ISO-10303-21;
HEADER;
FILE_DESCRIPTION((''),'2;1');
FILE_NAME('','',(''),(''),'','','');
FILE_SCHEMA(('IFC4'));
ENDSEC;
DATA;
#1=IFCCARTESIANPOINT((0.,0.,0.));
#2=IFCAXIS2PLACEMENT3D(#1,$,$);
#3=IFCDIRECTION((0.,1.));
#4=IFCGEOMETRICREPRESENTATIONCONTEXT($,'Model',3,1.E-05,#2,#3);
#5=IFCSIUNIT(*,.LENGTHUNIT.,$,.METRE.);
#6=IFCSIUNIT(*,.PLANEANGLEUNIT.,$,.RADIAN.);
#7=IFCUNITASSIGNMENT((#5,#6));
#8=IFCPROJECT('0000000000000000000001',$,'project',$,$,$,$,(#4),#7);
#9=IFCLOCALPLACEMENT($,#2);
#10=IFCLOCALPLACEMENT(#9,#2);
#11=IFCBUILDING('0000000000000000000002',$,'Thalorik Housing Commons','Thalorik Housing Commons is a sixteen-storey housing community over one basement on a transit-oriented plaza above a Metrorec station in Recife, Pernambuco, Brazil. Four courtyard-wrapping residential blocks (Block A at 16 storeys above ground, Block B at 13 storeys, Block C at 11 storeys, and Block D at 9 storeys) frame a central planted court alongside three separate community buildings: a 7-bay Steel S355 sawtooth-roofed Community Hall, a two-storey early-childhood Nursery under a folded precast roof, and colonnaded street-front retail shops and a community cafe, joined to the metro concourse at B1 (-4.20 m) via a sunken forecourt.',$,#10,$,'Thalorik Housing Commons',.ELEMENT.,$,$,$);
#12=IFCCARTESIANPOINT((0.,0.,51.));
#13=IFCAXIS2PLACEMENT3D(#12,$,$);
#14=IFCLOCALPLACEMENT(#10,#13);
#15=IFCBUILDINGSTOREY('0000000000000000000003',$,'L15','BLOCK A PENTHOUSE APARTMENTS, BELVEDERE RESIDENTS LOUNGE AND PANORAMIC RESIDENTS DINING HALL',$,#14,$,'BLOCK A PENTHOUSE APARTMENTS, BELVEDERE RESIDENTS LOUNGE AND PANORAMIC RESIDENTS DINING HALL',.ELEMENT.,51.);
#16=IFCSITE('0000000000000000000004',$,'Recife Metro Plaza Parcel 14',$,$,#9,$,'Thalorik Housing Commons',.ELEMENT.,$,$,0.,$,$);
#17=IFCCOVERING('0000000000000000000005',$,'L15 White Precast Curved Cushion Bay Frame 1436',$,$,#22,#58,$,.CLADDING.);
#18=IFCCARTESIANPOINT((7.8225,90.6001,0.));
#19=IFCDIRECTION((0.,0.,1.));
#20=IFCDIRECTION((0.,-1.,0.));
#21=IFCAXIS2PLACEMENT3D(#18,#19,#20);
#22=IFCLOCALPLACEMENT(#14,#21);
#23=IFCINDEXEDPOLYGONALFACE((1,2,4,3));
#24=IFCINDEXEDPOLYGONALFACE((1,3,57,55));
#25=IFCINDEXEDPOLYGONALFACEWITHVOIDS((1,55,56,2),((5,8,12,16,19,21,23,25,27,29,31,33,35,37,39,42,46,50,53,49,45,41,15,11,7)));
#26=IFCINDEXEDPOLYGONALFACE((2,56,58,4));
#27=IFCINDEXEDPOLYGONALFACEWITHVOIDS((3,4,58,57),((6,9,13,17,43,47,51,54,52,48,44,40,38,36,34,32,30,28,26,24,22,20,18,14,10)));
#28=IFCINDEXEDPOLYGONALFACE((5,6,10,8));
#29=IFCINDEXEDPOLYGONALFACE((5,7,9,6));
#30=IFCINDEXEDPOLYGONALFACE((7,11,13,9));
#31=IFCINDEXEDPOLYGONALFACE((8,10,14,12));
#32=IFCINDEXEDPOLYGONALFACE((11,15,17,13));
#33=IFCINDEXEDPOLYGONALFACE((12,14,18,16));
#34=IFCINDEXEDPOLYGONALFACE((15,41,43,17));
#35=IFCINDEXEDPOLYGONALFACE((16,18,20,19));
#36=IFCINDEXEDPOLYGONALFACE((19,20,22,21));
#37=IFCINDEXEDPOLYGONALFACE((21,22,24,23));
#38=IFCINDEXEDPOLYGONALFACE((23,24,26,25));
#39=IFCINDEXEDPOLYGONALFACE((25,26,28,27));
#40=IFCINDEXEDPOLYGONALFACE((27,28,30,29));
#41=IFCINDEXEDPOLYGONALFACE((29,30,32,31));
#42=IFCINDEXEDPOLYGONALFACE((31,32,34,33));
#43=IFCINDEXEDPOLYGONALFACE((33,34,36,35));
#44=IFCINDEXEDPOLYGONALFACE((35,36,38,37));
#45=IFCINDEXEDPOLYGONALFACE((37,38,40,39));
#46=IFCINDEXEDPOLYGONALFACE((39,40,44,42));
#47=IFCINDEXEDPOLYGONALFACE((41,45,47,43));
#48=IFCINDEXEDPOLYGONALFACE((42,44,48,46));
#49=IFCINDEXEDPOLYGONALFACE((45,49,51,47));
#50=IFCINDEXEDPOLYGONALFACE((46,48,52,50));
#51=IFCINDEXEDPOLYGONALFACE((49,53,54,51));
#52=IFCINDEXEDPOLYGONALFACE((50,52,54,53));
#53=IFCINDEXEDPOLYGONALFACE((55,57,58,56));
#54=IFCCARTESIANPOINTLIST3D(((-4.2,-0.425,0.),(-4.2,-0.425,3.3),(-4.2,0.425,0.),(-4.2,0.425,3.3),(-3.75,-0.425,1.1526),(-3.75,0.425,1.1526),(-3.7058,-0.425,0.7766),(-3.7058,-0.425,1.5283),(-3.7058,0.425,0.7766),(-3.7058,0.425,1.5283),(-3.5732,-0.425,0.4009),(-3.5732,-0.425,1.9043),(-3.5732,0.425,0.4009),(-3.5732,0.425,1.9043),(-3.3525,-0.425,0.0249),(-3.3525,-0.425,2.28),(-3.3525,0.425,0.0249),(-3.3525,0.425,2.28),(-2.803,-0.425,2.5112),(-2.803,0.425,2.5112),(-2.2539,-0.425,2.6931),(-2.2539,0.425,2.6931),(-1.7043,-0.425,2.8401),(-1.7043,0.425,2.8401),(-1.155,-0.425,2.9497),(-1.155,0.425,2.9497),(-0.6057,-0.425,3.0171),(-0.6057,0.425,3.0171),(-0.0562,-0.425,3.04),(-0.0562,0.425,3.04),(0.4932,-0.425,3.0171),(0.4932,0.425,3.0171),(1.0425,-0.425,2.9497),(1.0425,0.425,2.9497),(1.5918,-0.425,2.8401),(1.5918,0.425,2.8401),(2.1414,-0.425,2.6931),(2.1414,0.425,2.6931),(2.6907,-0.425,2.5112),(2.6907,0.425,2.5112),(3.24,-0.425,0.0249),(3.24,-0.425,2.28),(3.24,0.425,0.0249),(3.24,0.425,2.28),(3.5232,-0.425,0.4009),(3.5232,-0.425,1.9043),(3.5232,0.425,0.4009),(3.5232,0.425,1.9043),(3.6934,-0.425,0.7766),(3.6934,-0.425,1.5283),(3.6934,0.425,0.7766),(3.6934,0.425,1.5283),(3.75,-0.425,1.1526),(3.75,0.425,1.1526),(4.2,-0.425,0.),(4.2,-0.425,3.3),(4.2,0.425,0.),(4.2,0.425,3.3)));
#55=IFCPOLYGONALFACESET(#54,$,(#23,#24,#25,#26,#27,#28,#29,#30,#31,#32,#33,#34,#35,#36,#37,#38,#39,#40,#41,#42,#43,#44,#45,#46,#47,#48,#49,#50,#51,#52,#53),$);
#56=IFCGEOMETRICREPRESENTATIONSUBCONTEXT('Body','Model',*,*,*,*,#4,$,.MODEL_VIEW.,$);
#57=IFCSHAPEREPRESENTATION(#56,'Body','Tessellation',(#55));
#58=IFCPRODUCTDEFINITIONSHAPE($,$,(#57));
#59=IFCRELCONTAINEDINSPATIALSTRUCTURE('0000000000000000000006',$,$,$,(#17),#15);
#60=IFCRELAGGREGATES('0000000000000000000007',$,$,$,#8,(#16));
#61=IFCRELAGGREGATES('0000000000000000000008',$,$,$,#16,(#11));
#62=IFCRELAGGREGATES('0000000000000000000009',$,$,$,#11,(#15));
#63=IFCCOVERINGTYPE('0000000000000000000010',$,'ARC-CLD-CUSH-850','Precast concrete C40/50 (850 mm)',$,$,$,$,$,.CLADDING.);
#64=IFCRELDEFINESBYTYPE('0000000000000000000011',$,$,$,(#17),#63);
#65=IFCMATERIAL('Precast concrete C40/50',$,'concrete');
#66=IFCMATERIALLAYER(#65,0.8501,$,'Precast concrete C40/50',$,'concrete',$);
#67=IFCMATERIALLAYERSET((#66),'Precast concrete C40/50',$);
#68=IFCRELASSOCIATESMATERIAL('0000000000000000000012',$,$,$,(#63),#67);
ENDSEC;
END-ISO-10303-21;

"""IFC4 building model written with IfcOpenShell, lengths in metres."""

from ifc_helpers import new_model, si_unit, direction, frame, origin, place, context, subcontext, project, spatial, polyline, outline, extrude, material, layer, layer_set, type_object, element, save


model = new_model("IFC4")

# Units and contexts
model_context = context("Model", 3, precision=1e-05, world=origin(), true_north=direction((0.0, 1.0)))
body_context = subcontext(model_context, "Body", "Model", "MODEL_VIEW")
ifc_project = project(units=[si_unit("LENGTHUNIT", "METRE"), si_unit("PLANEANGLEUNIT", "RADIAN")], contexts=[model_context])

# Site, building, storey
site_placement = place(None, origin())
site = spatial("IfcSite", under=ifc_project, at=site_placement, Name="Recife Metro Plaza Parcel 14", LongName="Thalorik Housing Commons", CompositionType="ELEMENT", RefElevation=0.0)
building_placement = place(site_placement, origin())
building = spatial("IfcBuilding", under=site, at=building_placement, Name="Thalorik Housing Commons", Description="Thalorik Housing Commons is a sixteen-storey housing community over one basement on a transit-oriented plaza above a Metrorec station in Recife, Pernambuco, Brazil. Four courtyard-wrapping residential blocks (Block A at 16 storeys above ground, Block B at 13 storeys, Block C at 11 storeys, and Block D at 9 storeys) frame a central planted court alongside three separate community buildings: a 7-bay Steel S355 sawtooth-roofed Community Hall, a two-storey early-childhood Nursery under a folded precast roof, and colonnaded street-front retail shops and a community cafe, joined to the metro concourse at B1 (-4.20 m) via a sunken forecourt.", LongName="Thalorik Housing Commons", CompositionType="ELEMENT")
storey_placement = place(building_placement, frame((0.0, 0.0, 51.0)))
storey = spatial("IfcBuildingStorey", under=building, at=storey_placement, Name="L15", Description="BLOCK A PENTHOUSE APARTMENTS, BELVEDERE RESIDENTS LOUNGE AND PANORAMIC RESIDENTS DINING HALL", LongName="BLOCK A PENTHOUSE APARTMENTS, BELVEDERE RESIDENTS LOUNGE AND PANORAMIC RESIDENTS DINING HALL", CompositionType="ELEMENT", Elevation=51.0)

# Shared definitions
ifc_material_1 = material(Name="Precast concrete C40/50", Category="concrete")

# Covering
ifc_layer_1 = layer(ifc_material_1, 0.8501, Name="Precast concrete C40/50", Category="concrete")
ifc_layer_set_1 = layer_set([ifc_layer_1], Name="Precast concrete C40/50")
covering_type_1 = type_object("IfcCoveringType", Name="ARC-CLD-CUSH-850", Description="Precast concrete C40/50 (850 mm)", PredefinedType="CLADDING", material=ifc_layer_set_1)
covering_1_placement = place(storey_placement, frame((7.8225, 90.6001, 0.0), z_axis=(0.0, 0.0, 1.0), x_axis=(0.0, -1.0, 0.0)))
element("IfcCovering", 1, at=covering_1_placement, inside=storey, type_object=covering_type_1, Name="L15 White Precast Curved Cushion Bay Frame 1436", PredefinedType="CLADDING", context=body_context, shape_type="SweptSolid", body=[
    extrude(outline(polyline([(-4.2, 0.0), (4.2, 0.0), (4.2, 3.3), (-4.2, 3.3), (-4.2, 0.0)]), holes=[polyline([(3.24, 0.0249), (3.5232, 0.4009), (3.6934, 0.7766), (3.75, 1.1526), (3.6934, 1.5283), (3.5232, 1.9043), (3.24, 2.28), (2.6907, 2.5112), (2.1414, 2.6931), (1.5918, 2.8401), (1.0425, 2.9497), (0.4932, 3.0171), (-0.0562, 3.04), (-0.6057, 3.0171), (-1.155, 2.9497), (-1.7043, 2.8401), (-2.2539, 2.6931), (-2.803, 2.5112), (-3.3525, 2.28), (-3.5732, 1.9043), (-3.7058, 1.5283), (-3.75, 1.1526), (-3.7058, 0.7766), (-3.5732, 0.4009), (-3.3525, 0.0249), (3.24, 0.0249)])]), frame((0.0, 0.425, 0.0), z_axis=(0.0, -1.0, 0.0), x_axis=(1.0, 0.0, 0.0)), (0.0, 0.0, 1.0), 0.8501),
])

save(model, "model.ifc")
